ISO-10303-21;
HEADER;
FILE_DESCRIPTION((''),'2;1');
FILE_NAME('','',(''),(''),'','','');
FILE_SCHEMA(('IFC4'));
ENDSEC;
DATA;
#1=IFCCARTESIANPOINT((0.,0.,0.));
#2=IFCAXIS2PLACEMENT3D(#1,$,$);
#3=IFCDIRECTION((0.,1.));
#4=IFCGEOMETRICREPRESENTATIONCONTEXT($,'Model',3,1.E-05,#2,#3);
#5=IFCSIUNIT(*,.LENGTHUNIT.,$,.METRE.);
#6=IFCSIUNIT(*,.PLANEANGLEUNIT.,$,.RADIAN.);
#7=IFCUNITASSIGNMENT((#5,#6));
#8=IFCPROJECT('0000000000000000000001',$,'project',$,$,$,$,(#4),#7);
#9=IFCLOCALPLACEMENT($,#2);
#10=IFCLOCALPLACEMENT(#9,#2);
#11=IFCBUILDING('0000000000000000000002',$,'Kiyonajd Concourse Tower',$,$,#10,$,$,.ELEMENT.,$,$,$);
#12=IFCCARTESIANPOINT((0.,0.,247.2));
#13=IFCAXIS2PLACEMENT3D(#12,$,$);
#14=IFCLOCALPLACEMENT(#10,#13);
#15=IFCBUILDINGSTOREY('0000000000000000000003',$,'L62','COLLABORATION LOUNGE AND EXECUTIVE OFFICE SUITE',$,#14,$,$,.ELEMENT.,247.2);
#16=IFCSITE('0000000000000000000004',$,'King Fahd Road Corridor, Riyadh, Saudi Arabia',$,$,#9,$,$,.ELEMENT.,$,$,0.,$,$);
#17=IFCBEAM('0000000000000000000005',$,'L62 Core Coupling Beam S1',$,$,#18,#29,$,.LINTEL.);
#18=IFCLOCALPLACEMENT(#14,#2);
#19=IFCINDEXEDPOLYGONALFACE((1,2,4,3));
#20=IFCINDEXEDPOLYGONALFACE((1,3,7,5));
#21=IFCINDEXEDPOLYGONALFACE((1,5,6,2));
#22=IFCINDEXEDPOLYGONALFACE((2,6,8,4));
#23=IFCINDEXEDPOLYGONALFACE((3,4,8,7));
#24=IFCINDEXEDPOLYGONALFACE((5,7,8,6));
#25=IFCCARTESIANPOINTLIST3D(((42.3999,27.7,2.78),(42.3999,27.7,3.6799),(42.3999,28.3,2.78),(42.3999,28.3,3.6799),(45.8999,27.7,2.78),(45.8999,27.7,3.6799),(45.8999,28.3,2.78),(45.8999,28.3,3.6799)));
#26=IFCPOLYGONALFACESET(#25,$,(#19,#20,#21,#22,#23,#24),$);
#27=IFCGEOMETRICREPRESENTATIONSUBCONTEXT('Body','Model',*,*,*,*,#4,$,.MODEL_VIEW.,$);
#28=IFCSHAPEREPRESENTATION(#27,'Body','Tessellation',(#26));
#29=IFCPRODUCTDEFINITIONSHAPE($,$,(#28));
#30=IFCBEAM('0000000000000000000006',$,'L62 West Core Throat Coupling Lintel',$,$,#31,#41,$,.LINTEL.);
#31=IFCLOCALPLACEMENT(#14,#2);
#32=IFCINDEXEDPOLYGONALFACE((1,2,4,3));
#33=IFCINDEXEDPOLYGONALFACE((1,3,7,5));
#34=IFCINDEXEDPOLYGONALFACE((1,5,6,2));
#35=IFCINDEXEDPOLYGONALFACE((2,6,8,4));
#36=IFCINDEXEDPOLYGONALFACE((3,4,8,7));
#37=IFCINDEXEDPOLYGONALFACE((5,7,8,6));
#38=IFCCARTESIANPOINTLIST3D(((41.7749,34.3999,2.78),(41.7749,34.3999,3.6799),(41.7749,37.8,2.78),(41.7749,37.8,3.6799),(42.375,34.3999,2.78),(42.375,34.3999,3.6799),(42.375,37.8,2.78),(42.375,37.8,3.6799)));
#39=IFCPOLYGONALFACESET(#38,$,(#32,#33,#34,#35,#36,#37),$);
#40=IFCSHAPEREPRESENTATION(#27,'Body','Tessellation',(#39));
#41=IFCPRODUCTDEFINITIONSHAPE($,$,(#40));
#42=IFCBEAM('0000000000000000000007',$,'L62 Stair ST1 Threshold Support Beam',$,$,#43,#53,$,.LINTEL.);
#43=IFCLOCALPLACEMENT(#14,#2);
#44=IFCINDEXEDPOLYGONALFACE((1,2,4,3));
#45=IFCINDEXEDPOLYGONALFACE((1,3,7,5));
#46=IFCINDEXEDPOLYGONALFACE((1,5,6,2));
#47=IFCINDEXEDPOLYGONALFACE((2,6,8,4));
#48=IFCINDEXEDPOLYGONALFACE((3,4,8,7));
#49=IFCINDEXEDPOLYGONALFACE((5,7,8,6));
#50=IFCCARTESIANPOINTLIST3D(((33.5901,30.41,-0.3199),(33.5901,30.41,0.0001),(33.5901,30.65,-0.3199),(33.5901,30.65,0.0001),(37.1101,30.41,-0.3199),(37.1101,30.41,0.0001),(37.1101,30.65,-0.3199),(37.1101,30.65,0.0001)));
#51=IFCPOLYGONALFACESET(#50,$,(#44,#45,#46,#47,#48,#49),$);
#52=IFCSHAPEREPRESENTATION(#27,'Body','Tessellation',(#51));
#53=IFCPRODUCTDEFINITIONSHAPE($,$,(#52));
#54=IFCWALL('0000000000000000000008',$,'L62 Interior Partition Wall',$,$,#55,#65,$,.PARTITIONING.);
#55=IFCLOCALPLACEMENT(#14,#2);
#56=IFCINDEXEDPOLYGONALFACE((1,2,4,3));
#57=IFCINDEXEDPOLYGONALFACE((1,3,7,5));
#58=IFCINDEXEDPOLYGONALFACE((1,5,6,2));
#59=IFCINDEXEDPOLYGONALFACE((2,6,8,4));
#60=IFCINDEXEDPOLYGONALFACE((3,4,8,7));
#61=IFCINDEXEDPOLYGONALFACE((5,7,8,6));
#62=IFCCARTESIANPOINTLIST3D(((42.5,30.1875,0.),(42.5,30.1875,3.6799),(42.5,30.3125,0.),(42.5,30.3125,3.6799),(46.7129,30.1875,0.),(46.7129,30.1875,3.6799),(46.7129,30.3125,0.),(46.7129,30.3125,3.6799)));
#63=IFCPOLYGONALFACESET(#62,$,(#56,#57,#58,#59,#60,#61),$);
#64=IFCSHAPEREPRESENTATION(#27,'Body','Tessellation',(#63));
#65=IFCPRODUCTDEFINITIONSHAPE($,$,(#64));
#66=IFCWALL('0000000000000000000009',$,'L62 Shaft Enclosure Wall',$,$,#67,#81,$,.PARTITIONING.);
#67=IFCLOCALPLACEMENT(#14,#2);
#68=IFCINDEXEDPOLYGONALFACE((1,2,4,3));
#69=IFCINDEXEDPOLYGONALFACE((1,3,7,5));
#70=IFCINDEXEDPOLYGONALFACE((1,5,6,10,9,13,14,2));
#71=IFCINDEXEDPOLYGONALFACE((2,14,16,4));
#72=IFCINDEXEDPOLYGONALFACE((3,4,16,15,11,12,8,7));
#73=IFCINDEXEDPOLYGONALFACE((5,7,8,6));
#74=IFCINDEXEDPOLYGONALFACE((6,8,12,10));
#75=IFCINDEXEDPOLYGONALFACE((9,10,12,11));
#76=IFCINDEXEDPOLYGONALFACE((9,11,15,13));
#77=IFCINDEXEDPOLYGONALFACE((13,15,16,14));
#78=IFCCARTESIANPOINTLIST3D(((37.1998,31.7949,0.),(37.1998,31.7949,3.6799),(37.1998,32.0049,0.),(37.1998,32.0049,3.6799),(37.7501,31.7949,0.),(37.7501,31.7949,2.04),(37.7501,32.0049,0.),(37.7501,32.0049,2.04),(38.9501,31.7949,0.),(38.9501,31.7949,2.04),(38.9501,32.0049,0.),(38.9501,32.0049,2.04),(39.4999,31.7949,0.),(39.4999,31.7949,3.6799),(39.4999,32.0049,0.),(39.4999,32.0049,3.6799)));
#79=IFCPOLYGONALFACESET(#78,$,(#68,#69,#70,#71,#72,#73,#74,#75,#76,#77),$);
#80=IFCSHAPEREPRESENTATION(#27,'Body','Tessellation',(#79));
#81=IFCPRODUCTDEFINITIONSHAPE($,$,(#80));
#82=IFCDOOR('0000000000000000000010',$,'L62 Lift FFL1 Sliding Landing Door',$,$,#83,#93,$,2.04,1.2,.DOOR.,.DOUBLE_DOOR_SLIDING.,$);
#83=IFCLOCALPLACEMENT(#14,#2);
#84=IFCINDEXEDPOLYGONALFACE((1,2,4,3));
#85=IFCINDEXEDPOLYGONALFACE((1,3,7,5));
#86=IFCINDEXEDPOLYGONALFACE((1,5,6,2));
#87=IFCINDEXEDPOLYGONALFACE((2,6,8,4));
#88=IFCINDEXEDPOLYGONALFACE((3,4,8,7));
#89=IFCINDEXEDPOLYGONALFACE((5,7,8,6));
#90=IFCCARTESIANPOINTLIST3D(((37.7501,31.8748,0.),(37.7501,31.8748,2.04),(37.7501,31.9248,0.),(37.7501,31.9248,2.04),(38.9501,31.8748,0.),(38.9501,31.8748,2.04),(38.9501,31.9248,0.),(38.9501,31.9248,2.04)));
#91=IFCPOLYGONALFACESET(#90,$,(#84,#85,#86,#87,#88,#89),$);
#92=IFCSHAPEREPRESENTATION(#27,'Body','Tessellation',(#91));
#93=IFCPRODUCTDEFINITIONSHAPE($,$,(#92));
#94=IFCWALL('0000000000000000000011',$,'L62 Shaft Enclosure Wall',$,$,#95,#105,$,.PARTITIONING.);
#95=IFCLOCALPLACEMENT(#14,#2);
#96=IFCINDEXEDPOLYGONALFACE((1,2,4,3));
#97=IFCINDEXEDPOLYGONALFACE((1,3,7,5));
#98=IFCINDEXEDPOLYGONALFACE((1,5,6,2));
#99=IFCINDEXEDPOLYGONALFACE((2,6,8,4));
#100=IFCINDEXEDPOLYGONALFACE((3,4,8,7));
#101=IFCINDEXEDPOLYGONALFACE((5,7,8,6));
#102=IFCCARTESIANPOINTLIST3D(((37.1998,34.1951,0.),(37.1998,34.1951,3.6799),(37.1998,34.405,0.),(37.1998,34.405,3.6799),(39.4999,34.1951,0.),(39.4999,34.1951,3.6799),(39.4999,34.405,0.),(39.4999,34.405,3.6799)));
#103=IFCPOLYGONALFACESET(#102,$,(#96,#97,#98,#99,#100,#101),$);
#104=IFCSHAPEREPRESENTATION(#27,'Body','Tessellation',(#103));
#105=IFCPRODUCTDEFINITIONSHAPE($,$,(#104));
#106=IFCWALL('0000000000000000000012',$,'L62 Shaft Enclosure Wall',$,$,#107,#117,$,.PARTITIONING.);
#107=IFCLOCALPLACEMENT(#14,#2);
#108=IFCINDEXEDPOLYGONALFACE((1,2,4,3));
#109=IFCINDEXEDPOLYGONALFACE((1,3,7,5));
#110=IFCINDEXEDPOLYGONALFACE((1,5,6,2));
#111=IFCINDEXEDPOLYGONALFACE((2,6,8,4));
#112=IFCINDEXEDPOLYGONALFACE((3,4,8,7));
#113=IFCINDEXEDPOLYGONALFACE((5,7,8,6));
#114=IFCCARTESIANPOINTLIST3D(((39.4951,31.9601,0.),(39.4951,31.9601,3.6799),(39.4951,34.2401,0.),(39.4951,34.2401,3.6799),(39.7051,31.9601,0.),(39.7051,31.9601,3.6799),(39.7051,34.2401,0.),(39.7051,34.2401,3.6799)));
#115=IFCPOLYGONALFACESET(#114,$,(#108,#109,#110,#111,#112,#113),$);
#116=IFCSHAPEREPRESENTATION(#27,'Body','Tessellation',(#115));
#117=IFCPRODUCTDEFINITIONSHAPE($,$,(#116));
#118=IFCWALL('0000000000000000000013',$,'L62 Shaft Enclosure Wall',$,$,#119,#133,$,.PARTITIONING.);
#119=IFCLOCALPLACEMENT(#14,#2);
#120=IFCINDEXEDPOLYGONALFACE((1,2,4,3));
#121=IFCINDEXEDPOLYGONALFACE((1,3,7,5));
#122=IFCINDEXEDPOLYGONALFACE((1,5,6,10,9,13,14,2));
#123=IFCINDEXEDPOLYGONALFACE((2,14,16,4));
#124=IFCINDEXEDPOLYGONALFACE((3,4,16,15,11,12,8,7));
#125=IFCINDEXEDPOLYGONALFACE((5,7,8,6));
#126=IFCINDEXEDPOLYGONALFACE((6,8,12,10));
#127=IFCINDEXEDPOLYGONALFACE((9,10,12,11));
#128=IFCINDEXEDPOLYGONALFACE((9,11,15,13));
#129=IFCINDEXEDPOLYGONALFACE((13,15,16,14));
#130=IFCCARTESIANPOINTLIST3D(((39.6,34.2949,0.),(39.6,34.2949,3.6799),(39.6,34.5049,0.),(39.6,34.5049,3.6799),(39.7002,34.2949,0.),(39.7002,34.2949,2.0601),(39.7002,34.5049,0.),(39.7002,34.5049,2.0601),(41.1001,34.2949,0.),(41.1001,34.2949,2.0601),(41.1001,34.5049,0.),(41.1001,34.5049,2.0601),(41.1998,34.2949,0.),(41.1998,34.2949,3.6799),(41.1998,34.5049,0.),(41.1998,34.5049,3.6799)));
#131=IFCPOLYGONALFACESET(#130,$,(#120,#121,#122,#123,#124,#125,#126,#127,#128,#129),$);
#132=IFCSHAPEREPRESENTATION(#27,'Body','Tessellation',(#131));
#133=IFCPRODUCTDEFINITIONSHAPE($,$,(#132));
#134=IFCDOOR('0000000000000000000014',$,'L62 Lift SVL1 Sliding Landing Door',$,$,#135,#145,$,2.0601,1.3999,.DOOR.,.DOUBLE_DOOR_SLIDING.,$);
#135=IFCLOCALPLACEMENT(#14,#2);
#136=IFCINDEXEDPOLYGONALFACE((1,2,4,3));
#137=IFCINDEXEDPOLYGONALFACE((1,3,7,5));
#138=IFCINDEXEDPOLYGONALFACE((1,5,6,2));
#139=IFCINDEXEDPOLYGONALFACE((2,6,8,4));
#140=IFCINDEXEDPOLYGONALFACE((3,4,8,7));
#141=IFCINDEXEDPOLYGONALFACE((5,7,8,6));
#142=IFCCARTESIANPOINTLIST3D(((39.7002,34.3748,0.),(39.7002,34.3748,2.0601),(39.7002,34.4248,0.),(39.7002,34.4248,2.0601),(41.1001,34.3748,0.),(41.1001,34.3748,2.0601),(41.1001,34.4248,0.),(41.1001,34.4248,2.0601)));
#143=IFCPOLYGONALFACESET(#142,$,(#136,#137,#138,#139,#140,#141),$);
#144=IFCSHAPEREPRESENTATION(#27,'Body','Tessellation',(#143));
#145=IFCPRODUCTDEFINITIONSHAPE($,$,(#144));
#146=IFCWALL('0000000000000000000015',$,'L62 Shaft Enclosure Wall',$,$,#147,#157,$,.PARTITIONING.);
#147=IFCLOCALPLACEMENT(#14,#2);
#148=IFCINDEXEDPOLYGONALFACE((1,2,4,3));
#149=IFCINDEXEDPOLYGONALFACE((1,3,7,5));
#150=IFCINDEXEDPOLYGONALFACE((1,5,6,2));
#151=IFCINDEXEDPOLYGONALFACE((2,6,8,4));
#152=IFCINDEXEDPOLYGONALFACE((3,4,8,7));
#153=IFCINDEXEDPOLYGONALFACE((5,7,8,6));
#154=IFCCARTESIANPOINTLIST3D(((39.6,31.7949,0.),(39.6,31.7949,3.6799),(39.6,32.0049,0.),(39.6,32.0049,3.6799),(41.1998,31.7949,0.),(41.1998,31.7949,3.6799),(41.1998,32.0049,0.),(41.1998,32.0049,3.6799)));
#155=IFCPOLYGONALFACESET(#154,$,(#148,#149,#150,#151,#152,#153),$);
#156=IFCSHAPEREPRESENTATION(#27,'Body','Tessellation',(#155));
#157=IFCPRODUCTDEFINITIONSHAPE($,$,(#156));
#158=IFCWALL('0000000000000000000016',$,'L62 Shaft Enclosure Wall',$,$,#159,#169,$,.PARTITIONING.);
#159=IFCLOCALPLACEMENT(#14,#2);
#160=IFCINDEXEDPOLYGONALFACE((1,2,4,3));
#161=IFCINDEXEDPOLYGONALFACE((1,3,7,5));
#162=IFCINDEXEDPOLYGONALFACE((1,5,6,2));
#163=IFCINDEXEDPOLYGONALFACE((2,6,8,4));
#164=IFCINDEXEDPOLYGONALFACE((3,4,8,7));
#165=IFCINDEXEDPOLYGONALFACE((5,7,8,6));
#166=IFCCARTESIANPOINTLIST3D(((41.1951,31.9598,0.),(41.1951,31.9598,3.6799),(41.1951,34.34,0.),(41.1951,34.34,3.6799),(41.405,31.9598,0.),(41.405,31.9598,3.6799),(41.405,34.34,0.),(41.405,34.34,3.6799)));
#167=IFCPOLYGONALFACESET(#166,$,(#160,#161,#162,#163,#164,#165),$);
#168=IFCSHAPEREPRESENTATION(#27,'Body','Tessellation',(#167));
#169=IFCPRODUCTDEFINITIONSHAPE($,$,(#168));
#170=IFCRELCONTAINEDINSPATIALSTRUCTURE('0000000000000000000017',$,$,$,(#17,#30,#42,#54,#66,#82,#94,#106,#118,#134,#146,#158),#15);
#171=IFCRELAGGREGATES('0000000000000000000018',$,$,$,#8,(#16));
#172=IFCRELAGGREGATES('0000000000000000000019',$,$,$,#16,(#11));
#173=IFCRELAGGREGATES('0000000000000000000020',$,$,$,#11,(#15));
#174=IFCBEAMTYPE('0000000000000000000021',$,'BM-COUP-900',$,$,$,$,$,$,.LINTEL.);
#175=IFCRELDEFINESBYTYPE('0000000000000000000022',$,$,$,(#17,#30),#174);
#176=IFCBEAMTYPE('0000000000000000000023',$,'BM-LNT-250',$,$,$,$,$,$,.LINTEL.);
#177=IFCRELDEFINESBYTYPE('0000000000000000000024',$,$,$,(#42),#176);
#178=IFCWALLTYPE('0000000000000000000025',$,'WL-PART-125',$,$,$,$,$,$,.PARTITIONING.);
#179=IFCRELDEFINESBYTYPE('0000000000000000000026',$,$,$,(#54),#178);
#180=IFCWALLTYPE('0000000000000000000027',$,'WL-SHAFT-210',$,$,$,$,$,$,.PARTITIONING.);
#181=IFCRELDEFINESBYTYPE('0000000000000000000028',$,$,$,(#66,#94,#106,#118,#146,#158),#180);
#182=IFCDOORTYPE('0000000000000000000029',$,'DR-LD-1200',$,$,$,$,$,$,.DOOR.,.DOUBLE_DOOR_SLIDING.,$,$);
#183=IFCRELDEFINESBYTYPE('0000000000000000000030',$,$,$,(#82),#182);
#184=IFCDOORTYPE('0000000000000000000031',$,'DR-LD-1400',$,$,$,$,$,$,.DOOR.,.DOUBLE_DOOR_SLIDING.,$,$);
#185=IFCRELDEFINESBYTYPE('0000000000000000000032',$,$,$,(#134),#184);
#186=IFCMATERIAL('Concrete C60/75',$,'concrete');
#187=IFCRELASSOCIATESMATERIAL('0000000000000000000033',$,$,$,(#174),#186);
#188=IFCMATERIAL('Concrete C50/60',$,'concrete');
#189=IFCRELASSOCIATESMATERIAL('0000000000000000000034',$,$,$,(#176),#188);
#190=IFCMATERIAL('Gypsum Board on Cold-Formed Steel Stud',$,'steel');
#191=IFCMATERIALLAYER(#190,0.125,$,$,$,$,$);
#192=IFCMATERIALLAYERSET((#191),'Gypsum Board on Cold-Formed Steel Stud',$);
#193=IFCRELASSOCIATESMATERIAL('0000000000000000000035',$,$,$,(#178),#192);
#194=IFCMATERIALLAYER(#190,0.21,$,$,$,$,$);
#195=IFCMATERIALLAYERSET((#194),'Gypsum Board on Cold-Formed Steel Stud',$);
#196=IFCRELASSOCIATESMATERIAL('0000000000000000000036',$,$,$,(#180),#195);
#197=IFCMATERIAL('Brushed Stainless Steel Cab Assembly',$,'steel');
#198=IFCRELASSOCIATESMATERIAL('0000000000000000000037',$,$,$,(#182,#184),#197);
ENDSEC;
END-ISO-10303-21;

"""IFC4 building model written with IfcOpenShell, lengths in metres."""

from ifc_helpers import new_model, si_unit, direction, frame, frame_2d, origin, origin_2d, place, context, subcontext, project, spatial, rectangle, extrude, material, layer, layer_set, material_profile, profile_set, type_object, element, fill, save


model = new_model("IFC4")

# Units and contexts
model_context = context("Model", 3, precision=1e-05, world=origin(), true_north=direction((0.0, 1.0)))
body_context = subcontext(model_context, "Body", "Model", "MODEL_VIEW")
ifc_project = project(units=[si_unit("LENGTHUNIT", "METRE"), si_unit("PLANEANGLEUNIT", "RADIAN")], contexts=[model_context])

# Site, building, storey
site_placement = place(None, origin())
site = spatial("IfcSite", under=ifc_project, at=site_placement, Name="King Fahd Road Corridor, Riyadh, Saudi Arabia", CompositionType="ELEMENT", RefElevation=0.0)
building_placement = place(site_placement, origin())
building = spatial("IfcBuilding", under=site, at=building_placement, Name="Kiyonajd Concourse Tower", CompositionType="ELEMENT")
storey_placement = place(building_placement, frame((0.0, 0.0, 247.2)))
storey = spatial("IfcBuildingStorey", under=building, at=storey_placement, Name="L62", Description="COLLABORATION LOUNGE AND EXECUTIVE OFFICE SUITE", CompositionType="ELEMENT", Elevation=247.2)

# Beams
ifc_material_1 = material(Name="Concrete C60/75", Category="concrete")
ifc_material_profile_1 = material_profile(ifc_material_1, rectangle(XDim=0.6001, YDim=0.8999, at=origin_2d()), Name="RCBM-600x900")
ifc_profile_set_1 = profile_set([ifc_material_profile_1], Name="Concrete C60/75")
beam_type_1 = type_object("IfcBeamType", Name="BM-COUP-900", PredefinedType="LINTEL", material=ifc_profile_set_1)
beam_1_placement = place(storey_placement, frame((42.3999, 28.0, 3.23), z_axis=(1.0, 0.0, 0.0), x_axis=(0.0, 1.0, 0.0)))
element("IfcBeam", 1, at=beam_1_placement, inside=storey, type_object=beam_type_1, Name="L62 Core Coupling Beam S1", PredefinedType="LINTEL", context=body_context, shape_type="SweptSolid", body=[
    extrude(rectangle(XDim=0.6001, YDim=0.8999, at=origin_2d()), origin(), (0.0, 0.0, 1.0), 3.5),
])
beam_2_placement = place(storey_placement, frame((42.075, 34.3999, 3.23), z_axis=(0.0, 1.0, 0.0), x_axis=(-1.0, 0.0, 0.0)))
element("IfcBeam", 2, at=beam_2_placement, inside=storey, type_object=beam_type_1, Name="L62 West Core Throat Coupling Lintel", PredefinedType="LINTEL", context=body_context, shape_type="SweptSolid", body=[
    extrude(rectangle(XDim=0.6001, YDim=0.8999, at=origin_2d()), origin(), (0.0, 0.0, 1.0), 3.4001),
])
ifc_material_2 = material(Name="Concrete C50/60", Category="concrete")
ifc_material_profile_2 = material_profile(ifc_material_2, rectangle(XDim=0.24, YDim=0.3201, at=origin_2d()), Name="RCBM-240x320")
ifc_profile_set_2 = profile_set([ifc_material_profile_2], Name="Concrete C50/60")
beam_type_2 = type_object("IfcBeamType", Name="BM-LNT-250", PredefinedType="LINTEL", material=ifc_profile_set_2)
beam_3_placement = place(storey_placement, frame((33.5901, 30.53, -0.1599), z_axis=(1.0, 0.0, 0.0), x_axis=(0.0, 1.0, 0.0)))
element("IfcBeam", 3, at=beam_3_placement, inside=storey, type_object=beam_type_2, Name="L62 Stair ST1 Threshold Support Beam", PredefinedType="LINTEL", context=body_context, shape_type="SweptSolid", body=[
    extrude(rectangle(XDim=0.24, YDim=0.3201, at=origin_2d()), origin(), (0.0, 0.0, 1.0), 3.52),
])

# Wall
ifc_material_3 = material(Name="Gypsum Board on Cold-Formed Steel Stud", Category="steel")
ifc_layer_1 = layer(ifc_material_3, 0.125)
ifc_layer_set_1 = layer_set([ifc_layer_1], Name="Gypsum Board on Cold-Formed Steel Stud")
wall_type_1 = type_object("IfcWallType", Name="WL-PART-125", PredefinedType="PARTITIONING", material=ifc_layer_set_1)
wall_1_placement = place(storey_placement, frame((42.5, 30.25, 0.0), z_axis=(0.0, 0.0, 1.0), x_axis=(1.0, 0.0, 0.0)))
element("IfcWall", 4, at=wall_1_placement, inside=storey, type_object=wall_type_1, Name="L62 Interior Partition Wall", PredefinedType="PARTITIONING", context=body_context, shape_type="SweptSolid", body=[
    extrude(rectangle(XDim=4.2129, YDim=0.125, at=frame_2d((2.1064, 0.0))), origin(), (0.0, 0.0, 1.0), 3.6799),
])

# Wall, opening, door
ifc_layer_2 = layer(ifc_material_3, 0.21)
ifc_layer_set_2 = layer_set([ifc_layer_2], Name="Gypsum Board on Cold-Formed Steel Stud")
wall_type_2 = type_object("IfcWallType", Name="WL-SHAFT-210", PredefinedType="PARTITIONING", material=ifc_layer_set_2)
wall_2_placement = place(storey_placement, frame((37.2, 31.8999, 0.0), z_axis=(0.0, 0.0, 1.0), x_axis=(1.0, 0.0, 0.0)))
wall_2 = element("IfcWall", 5, at=wall_2_placement, inside=storey, type_object=wall_type_2, Name="L62 Shaft Enclosure Wall", PredefinedType="PARTITIONING", context=body_context, shape_type="SweptSolid", body=[
    extrude(rectangle(XDim=2.3, YDim=0.21, at=frame_2d((1.1499, 0.0))), origin(), (0.0, 0.0, 1.0), 3.6799),
])
opening_1_placement = place(wall_2_placement, frame((0.55, 0.0, 0.0)))
opening_1 = element("IfcOpeningElement", 6, at=opening_1_placement, cuts=wall_2, PredefinedType="OPENING", context=body_context, shape_type="SweptSolid", body=[
    extrude(rectangle(XDim=1.2, YDim=2.04, at=frame_2d((0.6001, 1.02))), frame((0.0, 0.115, 0.0), z_axis=(0.0, -1.0, 0.0), x_axis=(1.0, 0.0, 0.0)), (0.0, 0.0, 1.0), 0.23),
])
ifc_material_4 = material(Name="Brushed Stainless Steel Cab Assembly", Category="steel")
door_type_1 = type_object("IfcDoorType", Name="DR-LD-1200", OperationType="DOUBLE_DOOR_SLIDING", PredefinedType="DOOR", material=ifc_material_4)
door_1_placement = place(opening_1_placement, origin())
door_1 = element("IfcDoor", 7, at=door_1_placement, inside=storey, type_object=door_type_1, Name="L62 Lift FFL1 Sliding Landing Door", OperationType="DOUBLE_DOOR_SLIDING", OverallHeight=2.04, OverallWidth=1.2, PredefinedType="DOOR", context=body_context, shape_type="SweptSolid", body=[
    extrude(rectangle(XDim=1.2, YDim=2.04, at=frame_2d((0.6001, 1.02))), frame((0.0, 0.0249, 0.0), z_axis=(0.0, -1.0, 0.0), x_axis=(1.0, 0.0, 0.0)), (0.0, 0.0, 1.0), 0.05),
])
fill(opening_1, door_1)

# Walls
wall_3_placement = place(storey_placement, frame((37.2, 34.3, 0.0), z_axis=(0.0, 0.0, 1.0), x_axis=(1.0, 0.0, 0.0)))
element("IfcWall", 8, at=wall_3_placement, inside=storey, type_object=wall_type_2, Name="L62 Shaft Enclosure Wall", PredefinedType="PARTITIONING", context=body_context, shape_type="SweptSolid", body=[
    extrude(rectangle(XDim=2.3, YDim=0.21, at=frame_2d((1.1499, 0.0))), origin(), (0.0, 0.0, 1.0), 3.6799),
])
wall_4_placement = place(storey_placement, frame((39.6001, 31.96, 0.0), z_axis=(0.0, 0.0, 1.0), x_axis=(0.0, 1.0, 0.0)))
element("IfcWall", 9, at=wall_4_placement, inside=storey, type_object=wall_type_2, Name="L62 Shaft Enclosure Wall", PredefinedType="PARTITIONING", context=body_context, shape_type="SweptSolid", body=[
    extrude(rectangle(XDim=2.28, YDim=0.21, at=frame_2d((1.1401, 0.0))), origin(), (0.0, 0.0, 1.0), 3.6799),
])

# Wall, opening, door
wall_5_placement = place(storey_placement, frame((39.6001, 34.3999, 0.0), z_axis=(0.0, 0.0, 1.0), x_axis=(1.0, 0.0, 0.0)))
wall_5 = element("IfcWall", 10, at=wall_5_placement, inside=storey, type_object=wall_type_2, Name="L62 Shaft Enclosure Wall", PredefinedType="PARTITIONING", context=body_context, shape_type="SweptSolid", body=[
    extrude(rectangle(XDim=1.5999, YDim=0.21, at=frame_2d((0.7998, 0.0))), origin(), (0.0, 0.0, 1.0), 3.6799),
])
opening_2_placement = place(wall_5_placement, frame((0.1001, 0.0, 0.0)))
opening_2 = element("IfcOpeningElement", 11, at=opening_2_placement, cuts=wall_5, PredefinedType="OPENING", context=body_context, shape_type="SweptSolid", body=[
    extrude(rectangle(XDim=1.3999, YDim=2.0601, at=frame_2d((0.7, 1.03))), frame((0.0, 0.115, 0.0), z_axis=(0.0, -1.0, 0.0), x_axis=(1.0, 0.0, 0.0)), (0.0, 0.0, 1.0), 0.23),
])
door_type_2 = type_object("IfcDoorType", Name="DR-LD-1400", OperationType="DOUBLE_DOOR_SLIDING", PredefinedType="DOOR", material=ifc_material_4)
door_2_placement = place(opening_2_placement, origin())
door_2 = element("IfcDoor", 12, at=door_2_placement, inside=storey, type_object=door_type_2, Name="L62 Lift SVL1 Sliding Landing Door", OperationType="DOUBLE_DOOR_SLIDING", OverallHeight=2.0601, OverallWidth=1.3999, PredefinedType="DOOR", context=body_context, shape_type="SweptSolid", body=[
    extrude(rectangle(XDim=1.3999, YDim=2.0601, at=frame_2d((0.7, 1.03))), frame((0.0, 0.0249, 0.0), z_axis=(0.0, -1.0, 0.0), x_axis=(1.0, 0.0, 0.0)), (0.0, 0.0, 1.0), 0.05),
])
fill(opening_2, door_2)

# Walls
wall_6_placement = place(storey_placement, frame((39.6001, 31.8999, 0.0), z_axis=(0.0, 0.0, 1.0), x_axis=(1.0, 0.0, 0.0)))
element("IfcWall", 13, at=wall_6_placement, inside=storey, type_object=wall_type_2, Name="L62 Shaft Enclosure Wall", PredefinedType="PARTITIONING", context=body_context, shape_type="SweptSolid", body=[
    extrude(rectangle(XDim=1.5999, YDim=0.21, at=frame_2d((0.7998, 0.0))), origin(), (0.0, 0.0, 1.0), 3.6799),
])
wall_7_placement = place(storey_placement, frame((41.3, 31.96, 0.0), z_axis=(0.0, 0.0, 1.0), x_axis=(0.0, 1.0, 0.0)))
element("IfcWall", 14, at=wall_7_placement, inside=storey, type_object=wall_type_2, Name="L62 Shaft Enclosure Wall", PredefinedType="PARTITIONING", context=body_context, shape_type="SweptSolid", body=[
    extrude(rectangle(XDim=2.3801, YDim=0.21, at=frame_2d((1.1899, 0.0))), origin(), (0.0, 0.0, 1.0), 3.6799),
])

save(model, "model.ifc")
